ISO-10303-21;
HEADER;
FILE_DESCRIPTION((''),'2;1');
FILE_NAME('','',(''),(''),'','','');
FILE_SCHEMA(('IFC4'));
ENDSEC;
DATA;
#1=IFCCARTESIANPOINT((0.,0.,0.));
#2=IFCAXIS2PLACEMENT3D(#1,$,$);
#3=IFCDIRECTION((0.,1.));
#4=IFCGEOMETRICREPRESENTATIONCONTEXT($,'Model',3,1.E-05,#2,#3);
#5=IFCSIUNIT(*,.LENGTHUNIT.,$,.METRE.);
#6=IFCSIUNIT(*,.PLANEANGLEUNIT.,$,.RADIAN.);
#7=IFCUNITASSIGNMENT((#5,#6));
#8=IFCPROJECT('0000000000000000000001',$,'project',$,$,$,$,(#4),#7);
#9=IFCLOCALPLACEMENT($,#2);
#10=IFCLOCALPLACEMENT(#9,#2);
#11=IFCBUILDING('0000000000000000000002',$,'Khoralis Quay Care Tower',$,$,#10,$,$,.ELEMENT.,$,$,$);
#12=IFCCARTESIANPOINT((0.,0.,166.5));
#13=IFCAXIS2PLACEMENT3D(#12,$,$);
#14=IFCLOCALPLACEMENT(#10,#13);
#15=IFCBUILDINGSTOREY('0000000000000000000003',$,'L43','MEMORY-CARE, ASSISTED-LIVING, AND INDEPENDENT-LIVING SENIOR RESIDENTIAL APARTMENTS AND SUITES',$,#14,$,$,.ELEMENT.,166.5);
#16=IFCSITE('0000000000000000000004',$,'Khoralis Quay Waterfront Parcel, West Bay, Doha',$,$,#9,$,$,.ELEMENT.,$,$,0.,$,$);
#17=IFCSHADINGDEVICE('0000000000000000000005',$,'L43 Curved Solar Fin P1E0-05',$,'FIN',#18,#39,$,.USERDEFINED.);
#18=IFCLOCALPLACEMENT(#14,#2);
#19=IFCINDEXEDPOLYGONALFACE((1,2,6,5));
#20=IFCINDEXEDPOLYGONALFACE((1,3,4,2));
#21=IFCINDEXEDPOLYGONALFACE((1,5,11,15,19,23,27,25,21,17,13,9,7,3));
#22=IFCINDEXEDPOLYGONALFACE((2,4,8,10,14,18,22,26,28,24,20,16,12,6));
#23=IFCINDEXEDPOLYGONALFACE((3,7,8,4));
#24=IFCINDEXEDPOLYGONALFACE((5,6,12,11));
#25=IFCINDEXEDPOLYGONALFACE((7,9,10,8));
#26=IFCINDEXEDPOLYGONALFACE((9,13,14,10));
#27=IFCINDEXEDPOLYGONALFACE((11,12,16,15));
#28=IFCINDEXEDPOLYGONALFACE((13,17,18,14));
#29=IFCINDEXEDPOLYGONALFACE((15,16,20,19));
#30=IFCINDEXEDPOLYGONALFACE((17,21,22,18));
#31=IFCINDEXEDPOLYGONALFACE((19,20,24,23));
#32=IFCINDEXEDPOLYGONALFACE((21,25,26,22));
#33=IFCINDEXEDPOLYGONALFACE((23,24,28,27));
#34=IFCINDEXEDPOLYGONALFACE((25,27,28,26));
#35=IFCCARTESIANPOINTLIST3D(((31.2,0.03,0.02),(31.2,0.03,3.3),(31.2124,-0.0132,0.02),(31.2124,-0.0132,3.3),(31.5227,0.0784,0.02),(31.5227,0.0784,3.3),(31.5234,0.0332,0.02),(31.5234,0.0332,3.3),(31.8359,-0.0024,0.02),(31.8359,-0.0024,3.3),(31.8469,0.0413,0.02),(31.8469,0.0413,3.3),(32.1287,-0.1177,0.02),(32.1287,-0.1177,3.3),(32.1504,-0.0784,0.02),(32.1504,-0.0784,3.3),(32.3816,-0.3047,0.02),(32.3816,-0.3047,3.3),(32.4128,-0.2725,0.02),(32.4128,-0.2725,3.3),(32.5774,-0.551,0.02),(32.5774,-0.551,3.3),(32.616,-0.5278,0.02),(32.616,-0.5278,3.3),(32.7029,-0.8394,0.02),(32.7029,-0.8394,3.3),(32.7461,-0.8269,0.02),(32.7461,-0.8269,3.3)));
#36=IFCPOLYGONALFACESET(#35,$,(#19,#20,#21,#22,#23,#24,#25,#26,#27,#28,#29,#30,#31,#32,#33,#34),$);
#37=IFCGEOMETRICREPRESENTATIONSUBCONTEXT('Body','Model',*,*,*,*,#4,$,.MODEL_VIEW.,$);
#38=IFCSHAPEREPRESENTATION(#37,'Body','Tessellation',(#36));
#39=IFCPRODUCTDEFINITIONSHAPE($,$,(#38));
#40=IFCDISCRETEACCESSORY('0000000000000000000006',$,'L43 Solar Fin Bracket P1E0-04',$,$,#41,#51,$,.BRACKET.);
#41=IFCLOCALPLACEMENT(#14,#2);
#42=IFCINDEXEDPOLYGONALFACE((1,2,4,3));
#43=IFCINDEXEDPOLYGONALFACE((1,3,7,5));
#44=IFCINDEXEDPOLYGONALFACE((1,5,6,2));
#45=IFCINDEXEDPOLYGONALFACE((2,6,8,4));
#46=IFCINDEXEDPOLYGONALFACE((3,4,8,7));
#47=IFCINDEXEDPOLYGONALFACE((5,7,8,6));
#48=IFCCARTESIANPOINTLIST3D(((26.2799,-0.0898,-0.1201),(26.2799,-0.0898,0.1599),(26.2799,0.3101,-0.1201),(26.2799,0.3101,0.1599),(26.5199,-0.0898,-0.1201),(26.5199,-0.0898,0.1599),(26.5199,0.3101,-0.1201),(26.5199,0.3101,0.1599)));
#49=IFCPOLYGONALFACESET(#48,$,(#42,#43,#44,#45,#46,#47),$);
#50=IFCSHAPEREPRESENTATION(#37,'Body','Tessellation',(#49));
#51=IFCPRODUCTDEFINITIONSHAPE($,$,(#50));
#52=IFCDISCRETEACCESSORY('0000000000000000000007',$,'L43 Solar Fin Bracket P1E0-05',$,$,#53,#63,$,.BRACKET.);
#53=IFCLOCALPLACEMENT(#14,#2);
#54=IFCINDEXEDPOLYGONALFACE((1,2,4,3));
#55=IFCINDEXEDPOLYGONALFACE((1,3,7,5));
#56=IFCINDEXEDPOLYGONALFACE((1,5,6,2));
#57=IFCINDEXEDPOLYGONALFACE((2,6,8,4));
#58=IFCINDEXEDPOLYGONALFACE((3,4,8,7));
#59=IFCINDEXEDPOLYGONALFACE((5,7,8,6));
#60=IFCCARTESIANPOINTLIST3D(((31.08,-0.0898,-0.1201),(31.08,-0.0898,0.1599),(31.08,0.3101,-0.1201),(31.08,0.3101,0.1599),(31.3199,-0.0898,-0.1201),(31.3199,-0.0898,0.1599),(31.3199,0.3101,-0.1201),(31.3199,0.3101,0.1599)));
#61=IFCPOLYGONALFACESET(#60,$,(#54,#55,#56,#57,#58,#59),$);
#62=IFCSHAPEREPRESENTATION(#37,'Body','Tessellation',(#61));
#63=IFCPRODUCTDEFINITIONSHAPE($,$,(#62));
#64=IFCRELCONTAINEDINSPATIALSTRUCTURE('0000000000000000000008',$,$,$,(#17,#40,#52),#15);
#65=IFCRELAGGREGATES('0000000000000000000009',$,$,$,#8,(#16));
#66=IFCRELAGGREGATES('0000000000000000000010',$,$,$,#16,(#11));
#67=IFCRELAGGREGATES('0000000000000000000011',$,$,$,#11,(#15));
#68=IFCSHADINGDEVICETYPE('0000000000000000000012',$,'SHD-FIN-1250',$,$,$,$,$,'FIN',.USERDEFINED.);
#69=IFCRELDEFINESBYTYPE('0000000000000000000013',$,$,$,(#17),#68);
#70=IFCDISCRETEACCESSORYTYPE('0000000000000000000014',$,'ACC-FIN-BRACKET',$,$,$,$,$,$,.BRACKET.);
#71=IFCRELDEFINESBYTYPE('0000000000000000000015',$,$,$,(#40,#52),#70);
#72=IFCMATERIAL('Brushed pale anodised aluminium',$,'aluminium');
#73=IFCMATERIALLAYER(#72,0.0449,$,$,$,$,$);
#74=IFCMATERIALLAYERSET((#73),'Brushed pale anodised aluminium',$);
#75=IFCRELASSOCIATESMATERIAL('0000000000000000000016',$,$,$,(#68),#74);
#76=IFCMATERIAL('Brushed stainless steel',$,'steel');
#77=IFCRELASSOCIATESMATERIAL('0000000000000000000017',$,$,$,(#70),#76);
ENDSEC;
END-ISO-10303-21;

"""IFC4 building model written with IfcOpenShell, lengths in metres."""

from ifc_helpers import new_model, si_unit, direction, frame, origin, origin_2d, place, context, subcontext, project, spatial, polyline, rectangle, outline, extrude, source, transform, mapped, material, layer, layer_set, type_object, element, save


model = new_model("IFC4")

# Units and contexts
model_context = context("Model", 3, precision=1e-05, world=origin(), true_north=direction((0.0, 1.0)))
body_context = subcontext(model_context, "Body", "Model", "MODEL_VIEW")
ifc_project = project(units=[si_unit("LENGTHUNIT", "METRE"), si_unit("PLANEANGLEUNIT", "RADIAN")], contexts=[model_context])

# Site, building, storey
site_placement = place(None, origin())
site = spatial("IfcSite", under=ifc_project, at=site_placement, Name="Khoralis Quay Waterfront Parcel, West Bay, Doha", CompositionType="ELEMENT", RefElevation=0.0)
building_placement = place(site_placement, origin())
building = spatial("IfcBuilding", under=site, at=building_placement, Name="Khoralis Quay Care Tower", CompositionType="ELEMENT")
storey_placement = place(building_placement, frame((0.0, 0.0, 166.5)))
storey = spatial("IfcBuildingStorey", under=building, at=storey_placement, Name="L43", Description="MEMORY-CARE, ASSISTED-LIVING, AND INDEPENDENT-LIVING SENIOR RESIDENTIAL APARTMENTS AND SUITES", CompositionType="ELEMENT", Elevation=166.5)

# Shading device
ifc_material_1 = material(Name="Brushed pale anodised aluminium", Category="aluminium")
ifc_layer_1 = layer(ifc_material_1, 0.0449)
ifc_layer_set_1 = layer_set([ifc_layer_1], Name="Brushed pale anodised aluminium")
shading_device_type = type_object("IfcShadingDeviceType", Name="SHD-FIN-1250", ElementType="FIN", PredefinedType="USERDEFINED", material=ifc_layer_set_1)
shared_shape_1 = source(origin(), body_context, "Body", "SweptSolid", [
    extrude(outline(polyline([(0.0, 0.0), (-0.0483, 0.3228), (-0.0112, 0.647), (0.1084, 0.9504), (0.3025, 1.2129), (0.5579, 1.416), (0.8569, 1.5461), (0.8694, 1.5029), (0.5811, 1.3774), (0.3347, 1.1816), (0.1477, 0.9287), (0.0325, 0.636), (-0.0032, 0.3235), (0.0432, 0.0125), (0.0, 0.0)])), origin(), (0.0, 0.0, 1.0), 3.28),
])
for number, where, z_axis, x_axis, name in (
    (1, (31.2, 0.03, 0.02), (0.0, 0.0, 1.0), (0.0, -1.0, 0.0), "L43 Curved Solar Fin P1E0-05"),
):
    element("IfcShadingDevice", number, at=place(storey_placement, frame(where, z_axis=z_axis, x_axis=x_axis)), inside=storey, type_object=shading_device_type, Name=name, ObjectType="FIN", PredefinedType="USERDEFINED", context=body_context, shape_type="MappedRepresentation", body=[
        mapped(shared_shape_1, transform((0.0, 0.0, 0.0), scale=1.0)),
    ])

# Discrete accessories
ifc_material_2 = material(Name="Brushed stainless steel", Category="steel")
discrete_accessory_type = type_object("IfcDiscreteAccessoryType", Name="ACC-FIN-BRACKET", PredefinedType="BRACKET", material=ifc_material_2)
shared_shape_2 = source(origin(), body_context, "Body", "SweptSolid", [
    extrude(rectangle(XDim=0.3999, YDim=0.24, at=origin_2d()), origin(), (0.0, 0.0, 1.0), 0.28),
])
for number, where, z_axis, x_axis, name in (
    (2, (26.3999, 0.1101, -0.1201), (0.0, 0.0, 1.0), (0.0, -1.0, 0.0), "L43 Solar Fin Bracket P1E0-04"),
    (3, (31.2, 0.1101, -0.1201), (0.0, 0.0, 1.0), (0.0, -1.0, 0.0), "L43 Solar Fin Bracket P1E0-05"),
):
    element("IfcDiscreteAccessory", number, at=place(storey_placement, frame(where, z_axis=z_axis, x_axis=x_axis)), inside=storey, type_object=discrete_accessory_type, Name=name, PredefinedType="BRACKET", context=body_context, shape_type="MappedRepresentation", body=[
        mapped(shared_shape_2, transform((0.0, 0.0, 0.0), scale=1.0)),
    ])

save(model, "model.ifc")
